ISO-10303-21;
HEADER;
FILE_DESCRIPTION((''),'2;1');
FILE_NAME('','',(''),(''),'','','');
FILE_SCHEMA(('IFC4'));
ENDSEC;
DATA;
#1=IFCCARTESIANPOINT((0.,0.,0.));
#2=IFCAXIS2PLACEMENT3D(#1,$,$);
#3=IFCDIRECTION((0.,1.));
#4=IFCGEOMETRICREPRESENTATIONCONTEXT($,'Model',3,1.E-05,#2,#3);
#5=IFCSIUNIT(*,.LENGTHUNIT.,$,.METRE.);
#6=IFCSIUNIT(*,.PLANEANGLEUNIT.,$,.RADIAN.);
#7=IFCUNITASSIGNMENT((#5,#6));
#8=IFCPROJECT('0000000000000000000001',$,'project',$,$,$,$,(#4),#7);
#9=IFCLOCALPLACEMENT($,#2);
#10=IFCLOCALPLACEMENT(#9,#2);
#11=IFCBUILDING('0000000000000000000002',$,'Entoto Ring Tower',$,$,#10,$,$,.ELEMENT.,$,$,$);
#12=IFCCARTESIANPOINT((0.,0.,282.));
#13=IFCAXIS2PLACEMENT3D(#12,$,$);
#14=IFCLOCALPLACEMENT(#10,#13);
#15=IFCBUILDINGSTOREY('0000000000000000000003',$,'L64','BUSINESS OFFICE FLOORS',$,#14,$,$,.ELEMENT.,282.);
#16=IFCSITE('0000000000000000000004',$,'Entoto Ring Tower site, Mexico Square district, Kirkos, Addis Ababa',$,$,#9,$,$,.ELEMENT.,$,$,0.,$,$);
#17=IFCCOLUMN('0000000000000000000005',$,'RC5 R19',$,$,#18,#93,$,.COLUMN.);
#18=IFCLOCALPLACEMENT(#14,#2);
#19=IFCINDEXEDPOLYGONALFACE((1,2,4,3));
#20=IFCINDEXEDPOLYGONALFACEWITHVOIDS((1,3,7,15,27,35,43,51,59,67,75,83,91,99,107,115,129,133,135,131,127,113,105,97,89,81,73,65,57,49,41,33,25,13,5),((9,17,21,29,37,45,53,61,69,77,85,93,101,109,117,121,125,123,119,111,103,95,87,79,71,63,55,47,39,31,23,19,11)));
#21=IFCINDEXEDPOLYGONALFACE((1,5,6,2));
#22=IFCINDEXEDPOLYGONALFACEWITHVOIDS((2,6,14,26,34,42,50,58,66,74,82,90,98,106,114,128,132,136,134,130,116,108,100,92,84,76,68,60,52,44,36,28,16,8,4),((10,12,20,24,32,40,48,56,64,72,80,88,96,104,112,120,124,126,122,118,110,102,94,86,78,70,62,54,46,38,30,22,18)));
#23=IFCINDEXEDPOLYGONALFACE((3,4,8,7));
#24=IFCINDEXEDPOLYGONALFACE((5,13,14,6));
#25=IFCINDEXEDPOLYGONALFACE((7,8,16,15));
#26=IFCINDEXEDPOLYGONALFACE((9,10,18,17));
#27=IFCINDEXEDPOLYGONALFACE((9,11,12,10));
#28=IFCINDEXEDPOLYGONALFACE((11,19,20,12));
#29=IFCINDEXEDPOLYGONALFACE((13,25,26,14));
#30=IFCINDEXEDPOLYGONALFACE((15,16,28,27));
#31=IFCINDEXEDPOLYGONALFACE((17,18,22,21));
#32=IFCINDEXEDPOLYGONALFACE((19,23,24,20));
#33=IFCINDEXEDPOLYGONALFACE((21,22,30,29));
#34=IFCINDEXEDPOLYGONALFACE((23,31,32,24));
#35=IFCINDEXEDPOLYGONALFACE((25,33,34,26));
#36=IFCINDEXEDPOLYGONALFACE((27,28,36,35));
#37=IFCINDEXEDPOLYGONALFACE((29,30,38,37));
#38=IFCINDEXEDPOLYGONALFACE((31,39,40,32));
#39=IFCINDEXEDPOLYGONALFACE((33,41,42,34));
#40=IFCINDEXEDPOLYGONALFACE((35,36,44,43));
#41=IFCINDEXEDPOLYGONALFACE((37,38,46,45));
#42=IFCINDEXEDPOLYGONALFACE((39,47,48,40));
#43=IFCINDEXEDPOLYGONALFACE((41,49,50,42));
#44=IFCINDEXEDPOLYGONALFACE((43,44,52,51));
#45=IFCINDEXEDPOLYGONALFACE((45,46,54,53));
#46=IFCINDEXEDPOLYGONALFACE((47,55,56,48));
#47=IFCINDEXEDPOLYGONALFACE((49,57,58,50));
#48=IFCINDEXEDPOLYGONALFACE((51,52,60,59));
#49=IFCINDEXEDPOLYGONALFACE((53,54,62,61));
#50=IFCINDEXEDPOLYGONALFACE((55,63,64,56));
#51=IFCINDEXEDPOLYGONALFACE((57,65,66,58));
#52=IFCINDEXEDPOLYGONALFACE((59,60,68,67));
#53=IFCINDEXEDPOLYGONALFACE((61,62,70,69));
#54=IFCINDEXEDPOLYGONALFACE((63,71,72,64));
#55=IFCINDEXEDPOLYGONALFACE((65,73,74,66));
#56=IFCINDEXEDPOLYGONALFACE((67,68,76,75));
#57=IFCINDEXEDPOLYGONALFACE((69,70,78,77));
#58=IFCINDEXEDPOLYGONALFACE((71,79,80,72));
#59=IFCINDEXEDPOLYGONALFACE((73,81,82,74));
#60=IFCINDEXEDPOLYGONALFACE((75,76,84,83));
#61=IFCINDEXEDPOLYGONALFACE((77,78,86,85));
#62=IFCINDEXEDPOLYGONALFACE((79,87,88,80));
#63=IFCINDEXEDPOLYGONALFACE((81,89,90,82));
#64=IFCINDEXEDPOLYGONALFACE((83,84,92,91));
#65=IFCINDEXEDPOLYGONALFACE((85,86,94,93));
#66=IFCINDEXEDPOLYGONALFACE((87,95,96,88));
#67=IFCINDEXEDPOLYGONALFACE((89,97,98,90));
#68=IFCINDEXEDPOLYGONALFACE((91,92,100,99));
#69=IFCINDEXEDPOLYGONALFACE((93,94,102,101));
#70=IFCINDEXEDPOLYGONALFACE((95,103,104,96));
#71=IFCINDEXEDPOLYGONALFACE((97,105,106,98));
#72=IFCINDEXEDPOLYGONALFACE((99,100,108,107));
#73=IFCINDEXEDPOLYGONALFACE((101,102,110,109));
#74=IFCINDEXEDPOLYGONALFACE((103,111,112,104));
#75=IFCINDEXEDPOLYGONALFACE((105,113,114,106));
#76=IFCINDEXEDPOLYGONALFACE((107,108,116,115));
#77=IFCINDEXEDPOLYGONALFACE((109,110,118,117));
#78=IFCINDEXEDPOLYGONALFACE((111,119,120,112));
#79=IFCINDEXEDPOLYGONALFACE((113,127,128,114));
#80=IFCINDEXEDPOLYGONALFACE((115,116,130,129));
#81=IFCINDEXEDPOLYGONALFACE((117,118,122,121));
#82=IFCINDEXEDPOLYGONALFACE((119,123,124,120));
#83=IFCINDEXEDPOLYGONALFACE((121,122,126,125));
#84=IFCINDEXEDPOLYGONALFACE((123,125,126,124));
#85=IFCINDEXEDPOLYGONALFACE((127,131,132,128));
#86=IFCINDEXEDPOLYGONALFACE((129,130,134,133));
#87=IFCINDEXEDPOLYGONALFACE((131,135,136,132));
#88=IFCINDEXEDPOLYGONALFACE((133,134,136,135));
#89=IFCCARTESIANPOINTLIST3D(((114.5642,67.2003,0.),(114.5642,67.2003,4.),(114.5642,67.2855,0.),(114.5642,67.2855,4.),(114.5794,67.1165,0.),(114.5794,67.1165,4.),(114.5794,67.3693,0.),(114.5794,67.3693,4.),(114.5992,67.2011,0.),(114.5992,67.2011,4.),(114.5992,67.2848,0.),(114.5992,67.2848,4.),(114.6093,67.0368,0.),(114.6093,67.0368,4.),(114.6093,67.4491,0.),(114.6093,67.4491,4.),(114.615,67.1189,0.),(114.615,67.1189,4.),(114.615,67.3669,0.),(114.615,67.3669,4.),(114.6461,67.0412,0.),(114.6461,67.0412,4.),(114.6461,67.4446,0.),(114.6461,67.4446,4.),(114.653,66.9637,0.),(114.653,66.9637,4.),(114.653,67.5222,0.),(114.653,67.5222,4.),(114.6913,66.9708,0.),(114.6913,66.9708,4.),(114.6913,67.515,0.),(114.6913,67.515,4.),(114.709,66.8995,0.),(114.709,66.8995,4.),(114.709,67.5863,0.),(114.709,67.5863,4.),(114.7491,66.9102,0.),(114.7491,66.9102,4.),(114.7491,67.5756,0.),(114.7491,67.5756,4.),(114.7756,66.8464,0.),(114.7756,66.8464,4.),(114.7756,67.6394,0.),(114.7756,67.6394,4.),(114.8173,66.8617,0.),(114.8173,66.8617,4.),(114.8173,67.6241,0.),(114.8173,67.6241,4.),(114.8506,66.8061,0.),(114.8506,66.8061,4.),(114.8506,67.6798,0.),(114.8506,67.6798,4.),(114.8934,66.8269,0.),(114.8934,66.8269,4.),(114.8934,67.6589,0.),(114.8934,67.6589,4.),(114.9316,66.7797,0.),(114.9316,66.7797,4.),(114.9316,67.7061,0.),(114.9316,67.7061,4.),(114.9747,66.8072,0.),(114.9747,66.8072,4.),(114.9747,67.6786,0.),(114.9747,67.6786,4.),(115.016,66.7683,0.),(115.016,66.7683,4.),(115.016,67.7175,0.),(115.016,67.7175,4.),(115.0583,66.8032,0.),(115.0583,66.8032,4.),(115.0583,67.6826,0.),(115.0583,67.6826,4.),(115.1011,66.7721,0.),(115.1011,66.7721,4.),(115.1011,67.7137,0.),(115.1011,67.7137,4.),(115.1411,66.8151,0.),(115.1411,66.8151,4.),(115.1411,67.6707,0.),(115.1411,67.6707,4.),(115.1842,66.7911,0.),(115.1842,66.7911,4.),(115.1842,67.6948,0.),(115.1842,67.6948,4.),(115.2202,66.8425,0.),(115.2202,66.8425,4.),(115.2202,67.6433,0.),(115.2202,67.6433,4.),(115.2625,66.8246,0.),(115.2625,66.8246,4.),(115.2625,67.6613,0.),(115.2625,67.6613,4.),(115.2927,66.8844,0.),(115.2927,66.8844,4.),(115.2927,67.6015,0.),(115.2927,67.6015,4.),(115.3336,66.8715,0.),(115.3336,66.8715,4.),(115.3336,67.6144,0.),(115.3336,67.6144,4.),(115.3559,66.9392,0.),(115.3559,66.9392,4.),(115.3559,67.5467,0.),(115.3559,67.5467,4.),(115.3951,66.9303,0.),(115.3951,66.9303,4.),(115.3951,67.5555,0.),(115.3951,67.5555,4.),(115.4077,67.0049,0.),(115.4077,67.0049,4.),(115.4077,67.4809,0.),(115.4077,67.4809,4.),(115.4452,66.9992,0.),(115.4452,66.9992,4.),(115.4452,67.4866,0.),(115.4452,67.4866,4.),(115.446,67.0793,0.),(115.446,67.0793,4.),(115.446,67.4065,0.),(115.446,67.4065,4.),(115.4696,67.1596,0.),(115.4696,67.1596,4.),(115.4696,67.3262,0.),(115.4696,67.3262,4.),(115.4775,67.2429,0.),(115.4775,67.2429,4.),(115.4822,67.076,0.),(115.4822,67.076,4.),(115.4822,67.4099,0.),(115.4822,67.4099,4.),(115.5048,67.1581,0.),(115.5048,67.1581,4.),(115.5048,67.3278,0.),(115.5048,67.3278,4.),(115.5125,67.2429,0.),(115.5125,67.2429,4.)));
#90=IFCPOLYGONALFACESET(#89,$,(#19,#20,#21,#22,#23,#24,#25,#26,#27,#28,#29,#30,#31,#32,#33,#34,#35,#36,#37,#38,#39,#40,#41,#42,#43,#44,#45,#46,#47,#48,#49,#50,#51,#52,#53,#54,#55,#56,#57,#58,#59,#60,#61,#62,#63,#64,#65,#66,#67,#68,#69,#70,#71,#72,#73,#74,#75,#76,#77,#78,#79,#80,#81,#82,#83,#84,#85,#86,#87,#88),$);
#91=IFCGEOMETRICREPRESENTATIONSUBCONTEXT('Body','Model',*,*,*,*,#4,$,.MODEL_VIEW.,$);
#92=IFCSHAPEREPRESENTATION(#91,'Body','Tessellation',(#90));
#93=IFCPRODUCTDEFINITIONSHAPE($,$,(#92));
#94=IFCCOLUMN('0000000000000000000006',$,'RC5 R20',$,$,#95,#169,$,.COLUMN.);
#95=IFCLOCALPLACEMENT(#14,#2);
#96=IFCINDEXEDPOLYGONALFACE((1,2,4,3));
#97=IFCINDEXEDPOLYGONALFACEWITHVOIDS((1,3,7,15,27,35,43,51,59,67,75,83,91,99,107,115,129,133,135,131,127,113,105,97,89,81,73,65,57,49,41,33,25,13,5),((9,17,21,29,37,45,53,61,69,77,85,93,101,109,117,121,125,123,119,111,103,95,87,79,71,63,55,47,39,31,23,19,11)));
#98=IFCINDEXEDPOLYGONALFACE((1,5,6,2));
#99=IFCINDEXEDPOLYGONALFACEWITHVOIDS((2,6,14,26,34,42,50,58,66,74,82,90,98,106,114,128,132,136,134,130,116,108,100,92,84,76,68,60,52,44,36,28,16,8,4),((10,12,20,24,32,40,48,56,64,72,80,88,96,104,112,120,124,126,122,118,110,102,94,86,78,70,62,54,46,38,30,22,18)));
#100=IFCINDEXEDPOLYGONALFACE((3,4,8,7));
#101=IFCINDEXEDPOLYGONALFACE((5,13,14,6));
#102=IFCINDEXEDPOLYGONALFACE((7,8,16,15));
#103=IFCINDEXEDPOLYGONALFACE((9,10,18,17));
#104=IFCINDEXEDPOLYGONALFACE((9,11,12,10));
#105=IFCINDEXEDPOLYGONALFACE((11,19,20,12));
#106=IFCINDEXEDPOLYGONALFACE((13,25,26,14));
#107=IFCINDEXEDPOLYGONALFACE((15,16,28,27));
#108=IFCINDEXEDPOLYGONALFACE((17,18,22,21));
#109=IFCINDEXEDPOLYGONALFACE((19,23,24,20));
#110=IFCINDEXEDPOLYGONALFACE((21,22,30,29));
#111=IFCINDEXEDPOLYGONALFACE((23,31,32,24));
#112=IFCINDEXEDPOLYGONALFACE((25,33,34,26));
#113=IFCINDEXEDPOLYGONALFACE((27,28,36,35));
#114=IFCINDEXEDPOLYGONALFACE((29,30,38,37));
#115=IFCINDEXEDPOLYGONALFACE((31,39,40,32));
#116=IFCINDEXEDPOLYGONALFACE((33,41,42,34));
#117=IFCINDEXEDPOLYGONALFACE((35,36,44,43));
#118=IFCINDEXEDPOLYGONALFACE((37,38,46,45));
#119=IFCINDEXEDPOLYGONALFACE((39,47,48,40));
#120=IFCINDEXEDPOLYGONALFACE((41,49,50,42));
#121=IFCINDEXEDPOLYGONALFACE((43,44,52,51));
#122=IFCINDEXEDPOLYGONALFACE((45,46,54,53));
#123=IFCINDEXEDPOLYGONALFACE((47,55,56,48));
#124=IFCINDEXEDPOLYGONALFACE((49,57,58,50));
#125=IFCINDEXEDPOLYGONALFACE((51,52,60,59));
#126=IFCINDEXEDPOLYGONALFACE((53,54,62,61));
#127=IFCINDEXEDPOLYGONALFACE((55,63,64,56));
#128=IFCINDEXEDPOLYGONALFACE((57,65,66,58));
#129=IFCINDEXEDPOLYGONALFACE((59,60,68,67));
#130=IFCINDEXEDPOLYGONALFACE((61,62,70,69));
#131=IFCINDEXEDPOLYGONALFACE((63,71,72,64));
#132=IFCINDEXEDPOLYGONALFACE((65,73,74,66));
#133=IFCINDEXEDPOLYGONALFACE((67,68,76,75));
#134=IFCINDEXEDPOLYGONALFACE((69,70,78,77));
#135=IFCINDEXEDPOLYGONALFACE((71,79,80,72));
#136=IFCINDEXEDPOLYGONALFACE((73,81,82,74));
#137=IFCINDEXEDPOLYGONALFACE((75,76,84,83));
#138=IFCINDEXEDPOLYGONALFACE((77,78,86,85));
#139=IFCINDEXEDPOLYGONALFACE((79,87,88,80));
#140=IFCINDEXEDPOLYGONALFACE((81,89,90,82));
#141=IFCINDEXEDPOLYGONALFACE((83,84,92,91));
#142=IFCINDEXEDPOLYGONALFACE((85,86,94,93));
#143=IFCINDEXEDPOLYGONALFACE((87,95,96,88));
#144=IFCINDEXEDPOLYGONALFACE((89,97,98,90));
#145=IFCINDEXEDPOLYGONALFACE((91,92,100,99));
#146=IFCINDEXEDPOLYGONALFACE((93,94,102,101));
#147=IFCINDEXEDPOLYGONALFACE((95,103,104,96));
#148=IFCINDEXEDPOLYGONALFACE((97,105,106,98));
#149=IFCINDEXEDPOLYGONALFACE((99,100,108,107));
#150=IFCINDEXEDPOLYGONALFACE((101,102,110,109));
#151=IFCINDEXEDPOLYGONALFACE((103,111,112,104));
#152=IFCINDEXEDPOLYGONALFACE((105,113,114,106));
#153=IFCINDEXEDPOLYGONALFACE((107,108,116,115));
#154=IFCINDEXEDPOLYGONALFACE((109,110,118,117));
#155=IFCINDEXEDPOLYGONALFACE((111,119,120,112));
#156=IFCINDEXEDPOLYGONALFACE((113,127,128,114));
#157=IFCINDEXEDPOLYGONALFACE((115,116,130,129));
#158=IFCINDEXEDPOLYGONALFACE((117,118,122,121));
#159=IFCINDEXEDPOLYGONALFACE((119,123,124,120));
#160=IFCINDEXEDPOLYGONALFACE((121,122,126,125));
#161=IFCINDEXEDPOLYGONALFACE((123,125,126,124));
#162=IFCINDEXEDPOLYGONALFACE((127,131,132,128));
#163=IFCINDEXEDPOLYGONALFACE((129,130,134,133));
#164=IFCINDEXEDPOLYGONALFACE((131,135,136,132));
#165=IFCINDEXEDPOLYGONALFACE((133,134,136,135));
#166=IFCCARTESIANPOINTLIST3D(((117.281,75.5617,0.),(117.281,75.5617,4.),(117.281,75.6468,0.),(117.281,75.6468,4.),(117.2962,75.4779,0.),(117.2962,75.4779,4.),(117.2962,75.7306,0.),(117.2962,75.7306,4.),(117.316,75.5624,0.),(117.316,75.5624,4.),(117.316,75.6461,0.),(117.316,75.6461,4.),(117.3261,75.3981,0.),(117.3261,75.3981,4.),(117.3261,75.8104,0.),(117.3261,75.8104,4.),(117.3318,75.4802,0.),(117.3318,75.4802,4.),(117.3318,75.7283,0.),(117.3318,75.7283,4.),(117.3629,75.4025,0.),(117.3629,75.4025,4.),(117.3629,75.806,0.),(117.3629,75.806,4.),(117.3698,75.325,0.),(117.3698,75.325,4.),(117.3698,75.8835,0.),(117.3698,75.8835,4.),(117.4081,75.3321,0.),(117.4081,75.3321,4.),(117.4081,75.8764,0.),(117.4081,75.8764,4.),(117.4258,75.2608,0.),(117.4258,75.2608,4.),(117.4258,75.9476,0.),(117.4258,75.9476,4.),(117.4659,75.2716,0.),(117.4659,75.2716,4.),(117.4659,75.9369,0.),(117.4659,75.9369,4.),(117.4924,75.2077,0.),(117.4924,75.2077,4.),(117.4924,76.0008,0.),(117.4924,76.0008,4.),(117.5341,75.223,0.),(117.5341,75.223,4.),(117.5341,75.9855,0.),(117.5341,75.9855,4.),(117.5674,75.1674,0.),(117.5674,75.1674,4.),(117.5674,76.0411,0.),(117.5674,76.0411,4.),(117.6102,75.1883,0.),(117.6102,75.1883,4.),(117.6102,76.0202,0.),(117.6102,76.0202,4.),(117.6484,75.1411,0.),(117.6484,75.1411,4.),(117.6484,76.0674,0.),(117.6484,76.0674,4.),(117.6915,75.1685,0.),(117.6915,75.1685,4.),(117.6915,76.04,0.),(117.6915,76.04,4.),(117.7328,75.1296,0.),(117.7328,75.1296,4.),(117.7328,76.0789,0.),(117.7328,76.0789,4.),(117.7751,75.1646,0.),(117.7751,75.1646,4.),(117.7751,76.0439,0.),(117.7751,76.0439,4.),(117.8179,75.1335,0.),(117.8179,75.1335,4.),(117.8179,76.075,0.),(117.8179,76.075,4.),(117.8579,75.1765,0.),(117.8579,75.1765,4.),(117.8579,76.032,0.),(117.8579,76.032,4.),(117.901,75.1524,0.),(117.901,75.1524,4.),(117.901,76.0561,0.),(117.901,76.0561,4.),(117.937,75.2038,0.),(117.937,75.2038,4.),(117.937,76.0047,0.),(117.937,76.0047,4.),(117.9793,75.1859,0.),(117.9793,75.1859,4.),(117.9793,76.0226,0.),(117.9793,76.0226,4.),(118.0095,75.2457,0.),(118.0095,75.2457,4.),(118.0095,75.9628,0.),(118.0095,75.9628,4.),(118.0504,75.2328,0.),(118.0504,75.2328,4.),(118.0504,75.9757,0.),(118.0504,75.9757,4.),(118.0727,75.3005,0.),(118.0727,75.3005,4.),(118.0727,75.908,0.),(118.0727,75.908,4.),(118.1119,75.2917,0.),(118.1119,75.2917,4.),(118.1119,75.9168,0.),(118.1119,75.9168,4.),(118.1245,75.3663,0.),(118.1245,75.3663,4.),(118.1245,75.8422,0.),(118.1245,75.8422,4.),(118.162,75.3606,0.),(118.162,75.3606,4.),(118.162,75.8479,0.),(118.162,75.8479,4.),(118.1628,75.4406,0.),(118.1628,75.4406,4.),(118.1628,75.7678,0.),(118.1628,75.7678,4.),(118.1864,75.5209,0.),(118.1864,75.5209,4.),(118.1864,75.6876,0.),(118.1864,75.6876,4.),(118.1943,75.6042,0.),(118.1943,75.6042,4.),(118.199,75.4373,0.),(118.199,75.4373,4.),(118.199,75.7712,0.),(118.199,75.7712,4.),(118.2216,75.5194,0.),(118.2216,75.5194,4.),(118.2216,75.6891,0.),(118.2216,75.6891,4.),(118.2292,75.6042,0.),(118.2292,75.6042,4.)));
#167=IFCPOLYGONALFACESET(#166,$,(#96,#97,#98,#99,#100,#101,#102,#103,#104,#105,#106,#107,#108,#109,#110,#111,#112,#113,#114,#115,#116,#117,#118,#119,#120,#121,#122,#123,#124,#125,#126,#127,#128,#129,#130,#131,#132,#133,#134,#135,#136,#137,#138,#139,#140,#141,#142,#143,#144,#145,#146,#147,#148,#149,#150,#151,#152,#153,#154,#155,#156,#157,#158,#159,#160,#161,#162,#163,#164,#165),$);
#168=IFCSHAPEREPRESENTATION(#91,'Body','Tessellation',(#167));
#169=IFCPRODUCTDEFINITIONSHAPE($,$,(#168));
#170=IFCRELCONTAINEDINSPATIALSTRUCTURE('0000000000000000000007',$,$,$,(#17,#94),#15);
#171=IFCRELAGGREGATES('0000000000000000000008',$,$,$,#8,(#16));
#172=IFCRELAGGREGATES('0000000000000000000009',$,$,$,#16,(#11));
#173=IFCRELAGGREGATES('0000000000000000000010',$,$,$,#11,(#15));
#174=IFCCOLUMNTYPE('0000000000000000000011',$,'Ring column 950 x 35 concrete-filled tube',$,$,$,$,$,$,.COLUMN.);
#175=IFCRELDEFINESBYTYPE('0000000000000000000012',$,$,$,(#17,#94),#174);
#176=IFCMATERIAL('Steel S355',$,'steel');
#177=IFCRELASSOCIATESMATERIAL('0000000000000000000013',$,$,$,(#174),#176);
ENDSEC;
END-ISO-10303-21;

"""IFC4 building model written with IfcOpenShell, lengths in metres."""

from ifc_helpers import new_model, si_unit, direction, frame, origin, origin_2d, place, context, subcontext, project, spatial, circle, hollow_circle, extrude, material, material_profile, profile_set, type_object, element, save


model = new_model("IFC4")

# Units and contexts
model_context = context("Model", 3, precision=1e-05, world=origin(), true_north=direction((0.0, 1.0)))
body_context = subcontext(model_context, "Body", "Model", "MODEL_VIEW")
ifc_project = project(units=[si_unit("LENGTHUNIT", "METRE"), si_unit("PLANEANGLEUNIT", "RADIAN")], contexts=[model_context])

# Site, building, storey
site_placement = place(None, origin())
site = spatial("IfcSite", under=ifc_project, at=site_placement, Name="Entoto Ring Tower site, Mexico Square district, Kirkos, Addis Ababa", CompositionType="ELEMENT", RefElevation=0.0)
building_placement = place(site_placement, origin())
building = spatial("IfcBuilding", under=site, at=building_placement, Name="Entoto Ring Tower", CompositionType="ELEMENT")
storey_placement = place(building_placement, frame((0.0, 0.0, 282.0)))
storey = spatial("IfcBuildingStorey", under=building, at=storey_placement, Name="L64", Description="BUSINESS OFFICE FLOORS", CompositionType="ELEMENT", Elevation=282.0)

# Columns
ifc_material_1 = material(Name="Steel S355", Category="steel")
ifc_material_profile_1 = material_profile(ifc_material_1, hollow_circle(Radius=0.4751, WallThickness=0.0349, at=origin_2d()), Name="CHS 950 x 35")
ifc_material_2 = material(Name="Concrete C60/75", Category="concrete")
ifc_material_profile_2 = material_profile(ifc_material_2, circle(Radius=0.4399, at=origin_2d()), Name="Concrete C60/75 infill")
ifc_profile_set_1 = profile_set([ifc_material_profile_1, ifc_material_profile_2], Name="Steel S355")
column_type = type_object("IfcColumnType", Name="Ring column 950 x 35 concrete-filled tube", PredefinedType="COLUMN", material=ifc_profile_set_1)
for number, where, z_axis, x_axis, name in (
    (1, (115.0374, 67.2429, 0.0), (0.0, 0.0, 1.0), (1.0, 0.0, 0.0), "RC5 R19"),
    (2, (117.7542, 75.6042, 0.0), (0.0, 0.0, 1.0), (1.0, 0.0, 0.0), "RC5 R20"),
):
    element("IfcColumn", number, at=place(storey_placement, frame(where, z_axis=z_axis, x_axis=x_axis)), inside=storey, type_object=column_type, Name=name, PredefinedType="COLUMN", context=body_context, shape_type="SweptSolid", body=[
        extrude(hollow_circle(Radius=0.4751, WallThickness=0.0349, at=origin_2d()), origin(), (0.0, 0.0, 1.0), 4.0),
    ])

save(model, "model.ifc")
